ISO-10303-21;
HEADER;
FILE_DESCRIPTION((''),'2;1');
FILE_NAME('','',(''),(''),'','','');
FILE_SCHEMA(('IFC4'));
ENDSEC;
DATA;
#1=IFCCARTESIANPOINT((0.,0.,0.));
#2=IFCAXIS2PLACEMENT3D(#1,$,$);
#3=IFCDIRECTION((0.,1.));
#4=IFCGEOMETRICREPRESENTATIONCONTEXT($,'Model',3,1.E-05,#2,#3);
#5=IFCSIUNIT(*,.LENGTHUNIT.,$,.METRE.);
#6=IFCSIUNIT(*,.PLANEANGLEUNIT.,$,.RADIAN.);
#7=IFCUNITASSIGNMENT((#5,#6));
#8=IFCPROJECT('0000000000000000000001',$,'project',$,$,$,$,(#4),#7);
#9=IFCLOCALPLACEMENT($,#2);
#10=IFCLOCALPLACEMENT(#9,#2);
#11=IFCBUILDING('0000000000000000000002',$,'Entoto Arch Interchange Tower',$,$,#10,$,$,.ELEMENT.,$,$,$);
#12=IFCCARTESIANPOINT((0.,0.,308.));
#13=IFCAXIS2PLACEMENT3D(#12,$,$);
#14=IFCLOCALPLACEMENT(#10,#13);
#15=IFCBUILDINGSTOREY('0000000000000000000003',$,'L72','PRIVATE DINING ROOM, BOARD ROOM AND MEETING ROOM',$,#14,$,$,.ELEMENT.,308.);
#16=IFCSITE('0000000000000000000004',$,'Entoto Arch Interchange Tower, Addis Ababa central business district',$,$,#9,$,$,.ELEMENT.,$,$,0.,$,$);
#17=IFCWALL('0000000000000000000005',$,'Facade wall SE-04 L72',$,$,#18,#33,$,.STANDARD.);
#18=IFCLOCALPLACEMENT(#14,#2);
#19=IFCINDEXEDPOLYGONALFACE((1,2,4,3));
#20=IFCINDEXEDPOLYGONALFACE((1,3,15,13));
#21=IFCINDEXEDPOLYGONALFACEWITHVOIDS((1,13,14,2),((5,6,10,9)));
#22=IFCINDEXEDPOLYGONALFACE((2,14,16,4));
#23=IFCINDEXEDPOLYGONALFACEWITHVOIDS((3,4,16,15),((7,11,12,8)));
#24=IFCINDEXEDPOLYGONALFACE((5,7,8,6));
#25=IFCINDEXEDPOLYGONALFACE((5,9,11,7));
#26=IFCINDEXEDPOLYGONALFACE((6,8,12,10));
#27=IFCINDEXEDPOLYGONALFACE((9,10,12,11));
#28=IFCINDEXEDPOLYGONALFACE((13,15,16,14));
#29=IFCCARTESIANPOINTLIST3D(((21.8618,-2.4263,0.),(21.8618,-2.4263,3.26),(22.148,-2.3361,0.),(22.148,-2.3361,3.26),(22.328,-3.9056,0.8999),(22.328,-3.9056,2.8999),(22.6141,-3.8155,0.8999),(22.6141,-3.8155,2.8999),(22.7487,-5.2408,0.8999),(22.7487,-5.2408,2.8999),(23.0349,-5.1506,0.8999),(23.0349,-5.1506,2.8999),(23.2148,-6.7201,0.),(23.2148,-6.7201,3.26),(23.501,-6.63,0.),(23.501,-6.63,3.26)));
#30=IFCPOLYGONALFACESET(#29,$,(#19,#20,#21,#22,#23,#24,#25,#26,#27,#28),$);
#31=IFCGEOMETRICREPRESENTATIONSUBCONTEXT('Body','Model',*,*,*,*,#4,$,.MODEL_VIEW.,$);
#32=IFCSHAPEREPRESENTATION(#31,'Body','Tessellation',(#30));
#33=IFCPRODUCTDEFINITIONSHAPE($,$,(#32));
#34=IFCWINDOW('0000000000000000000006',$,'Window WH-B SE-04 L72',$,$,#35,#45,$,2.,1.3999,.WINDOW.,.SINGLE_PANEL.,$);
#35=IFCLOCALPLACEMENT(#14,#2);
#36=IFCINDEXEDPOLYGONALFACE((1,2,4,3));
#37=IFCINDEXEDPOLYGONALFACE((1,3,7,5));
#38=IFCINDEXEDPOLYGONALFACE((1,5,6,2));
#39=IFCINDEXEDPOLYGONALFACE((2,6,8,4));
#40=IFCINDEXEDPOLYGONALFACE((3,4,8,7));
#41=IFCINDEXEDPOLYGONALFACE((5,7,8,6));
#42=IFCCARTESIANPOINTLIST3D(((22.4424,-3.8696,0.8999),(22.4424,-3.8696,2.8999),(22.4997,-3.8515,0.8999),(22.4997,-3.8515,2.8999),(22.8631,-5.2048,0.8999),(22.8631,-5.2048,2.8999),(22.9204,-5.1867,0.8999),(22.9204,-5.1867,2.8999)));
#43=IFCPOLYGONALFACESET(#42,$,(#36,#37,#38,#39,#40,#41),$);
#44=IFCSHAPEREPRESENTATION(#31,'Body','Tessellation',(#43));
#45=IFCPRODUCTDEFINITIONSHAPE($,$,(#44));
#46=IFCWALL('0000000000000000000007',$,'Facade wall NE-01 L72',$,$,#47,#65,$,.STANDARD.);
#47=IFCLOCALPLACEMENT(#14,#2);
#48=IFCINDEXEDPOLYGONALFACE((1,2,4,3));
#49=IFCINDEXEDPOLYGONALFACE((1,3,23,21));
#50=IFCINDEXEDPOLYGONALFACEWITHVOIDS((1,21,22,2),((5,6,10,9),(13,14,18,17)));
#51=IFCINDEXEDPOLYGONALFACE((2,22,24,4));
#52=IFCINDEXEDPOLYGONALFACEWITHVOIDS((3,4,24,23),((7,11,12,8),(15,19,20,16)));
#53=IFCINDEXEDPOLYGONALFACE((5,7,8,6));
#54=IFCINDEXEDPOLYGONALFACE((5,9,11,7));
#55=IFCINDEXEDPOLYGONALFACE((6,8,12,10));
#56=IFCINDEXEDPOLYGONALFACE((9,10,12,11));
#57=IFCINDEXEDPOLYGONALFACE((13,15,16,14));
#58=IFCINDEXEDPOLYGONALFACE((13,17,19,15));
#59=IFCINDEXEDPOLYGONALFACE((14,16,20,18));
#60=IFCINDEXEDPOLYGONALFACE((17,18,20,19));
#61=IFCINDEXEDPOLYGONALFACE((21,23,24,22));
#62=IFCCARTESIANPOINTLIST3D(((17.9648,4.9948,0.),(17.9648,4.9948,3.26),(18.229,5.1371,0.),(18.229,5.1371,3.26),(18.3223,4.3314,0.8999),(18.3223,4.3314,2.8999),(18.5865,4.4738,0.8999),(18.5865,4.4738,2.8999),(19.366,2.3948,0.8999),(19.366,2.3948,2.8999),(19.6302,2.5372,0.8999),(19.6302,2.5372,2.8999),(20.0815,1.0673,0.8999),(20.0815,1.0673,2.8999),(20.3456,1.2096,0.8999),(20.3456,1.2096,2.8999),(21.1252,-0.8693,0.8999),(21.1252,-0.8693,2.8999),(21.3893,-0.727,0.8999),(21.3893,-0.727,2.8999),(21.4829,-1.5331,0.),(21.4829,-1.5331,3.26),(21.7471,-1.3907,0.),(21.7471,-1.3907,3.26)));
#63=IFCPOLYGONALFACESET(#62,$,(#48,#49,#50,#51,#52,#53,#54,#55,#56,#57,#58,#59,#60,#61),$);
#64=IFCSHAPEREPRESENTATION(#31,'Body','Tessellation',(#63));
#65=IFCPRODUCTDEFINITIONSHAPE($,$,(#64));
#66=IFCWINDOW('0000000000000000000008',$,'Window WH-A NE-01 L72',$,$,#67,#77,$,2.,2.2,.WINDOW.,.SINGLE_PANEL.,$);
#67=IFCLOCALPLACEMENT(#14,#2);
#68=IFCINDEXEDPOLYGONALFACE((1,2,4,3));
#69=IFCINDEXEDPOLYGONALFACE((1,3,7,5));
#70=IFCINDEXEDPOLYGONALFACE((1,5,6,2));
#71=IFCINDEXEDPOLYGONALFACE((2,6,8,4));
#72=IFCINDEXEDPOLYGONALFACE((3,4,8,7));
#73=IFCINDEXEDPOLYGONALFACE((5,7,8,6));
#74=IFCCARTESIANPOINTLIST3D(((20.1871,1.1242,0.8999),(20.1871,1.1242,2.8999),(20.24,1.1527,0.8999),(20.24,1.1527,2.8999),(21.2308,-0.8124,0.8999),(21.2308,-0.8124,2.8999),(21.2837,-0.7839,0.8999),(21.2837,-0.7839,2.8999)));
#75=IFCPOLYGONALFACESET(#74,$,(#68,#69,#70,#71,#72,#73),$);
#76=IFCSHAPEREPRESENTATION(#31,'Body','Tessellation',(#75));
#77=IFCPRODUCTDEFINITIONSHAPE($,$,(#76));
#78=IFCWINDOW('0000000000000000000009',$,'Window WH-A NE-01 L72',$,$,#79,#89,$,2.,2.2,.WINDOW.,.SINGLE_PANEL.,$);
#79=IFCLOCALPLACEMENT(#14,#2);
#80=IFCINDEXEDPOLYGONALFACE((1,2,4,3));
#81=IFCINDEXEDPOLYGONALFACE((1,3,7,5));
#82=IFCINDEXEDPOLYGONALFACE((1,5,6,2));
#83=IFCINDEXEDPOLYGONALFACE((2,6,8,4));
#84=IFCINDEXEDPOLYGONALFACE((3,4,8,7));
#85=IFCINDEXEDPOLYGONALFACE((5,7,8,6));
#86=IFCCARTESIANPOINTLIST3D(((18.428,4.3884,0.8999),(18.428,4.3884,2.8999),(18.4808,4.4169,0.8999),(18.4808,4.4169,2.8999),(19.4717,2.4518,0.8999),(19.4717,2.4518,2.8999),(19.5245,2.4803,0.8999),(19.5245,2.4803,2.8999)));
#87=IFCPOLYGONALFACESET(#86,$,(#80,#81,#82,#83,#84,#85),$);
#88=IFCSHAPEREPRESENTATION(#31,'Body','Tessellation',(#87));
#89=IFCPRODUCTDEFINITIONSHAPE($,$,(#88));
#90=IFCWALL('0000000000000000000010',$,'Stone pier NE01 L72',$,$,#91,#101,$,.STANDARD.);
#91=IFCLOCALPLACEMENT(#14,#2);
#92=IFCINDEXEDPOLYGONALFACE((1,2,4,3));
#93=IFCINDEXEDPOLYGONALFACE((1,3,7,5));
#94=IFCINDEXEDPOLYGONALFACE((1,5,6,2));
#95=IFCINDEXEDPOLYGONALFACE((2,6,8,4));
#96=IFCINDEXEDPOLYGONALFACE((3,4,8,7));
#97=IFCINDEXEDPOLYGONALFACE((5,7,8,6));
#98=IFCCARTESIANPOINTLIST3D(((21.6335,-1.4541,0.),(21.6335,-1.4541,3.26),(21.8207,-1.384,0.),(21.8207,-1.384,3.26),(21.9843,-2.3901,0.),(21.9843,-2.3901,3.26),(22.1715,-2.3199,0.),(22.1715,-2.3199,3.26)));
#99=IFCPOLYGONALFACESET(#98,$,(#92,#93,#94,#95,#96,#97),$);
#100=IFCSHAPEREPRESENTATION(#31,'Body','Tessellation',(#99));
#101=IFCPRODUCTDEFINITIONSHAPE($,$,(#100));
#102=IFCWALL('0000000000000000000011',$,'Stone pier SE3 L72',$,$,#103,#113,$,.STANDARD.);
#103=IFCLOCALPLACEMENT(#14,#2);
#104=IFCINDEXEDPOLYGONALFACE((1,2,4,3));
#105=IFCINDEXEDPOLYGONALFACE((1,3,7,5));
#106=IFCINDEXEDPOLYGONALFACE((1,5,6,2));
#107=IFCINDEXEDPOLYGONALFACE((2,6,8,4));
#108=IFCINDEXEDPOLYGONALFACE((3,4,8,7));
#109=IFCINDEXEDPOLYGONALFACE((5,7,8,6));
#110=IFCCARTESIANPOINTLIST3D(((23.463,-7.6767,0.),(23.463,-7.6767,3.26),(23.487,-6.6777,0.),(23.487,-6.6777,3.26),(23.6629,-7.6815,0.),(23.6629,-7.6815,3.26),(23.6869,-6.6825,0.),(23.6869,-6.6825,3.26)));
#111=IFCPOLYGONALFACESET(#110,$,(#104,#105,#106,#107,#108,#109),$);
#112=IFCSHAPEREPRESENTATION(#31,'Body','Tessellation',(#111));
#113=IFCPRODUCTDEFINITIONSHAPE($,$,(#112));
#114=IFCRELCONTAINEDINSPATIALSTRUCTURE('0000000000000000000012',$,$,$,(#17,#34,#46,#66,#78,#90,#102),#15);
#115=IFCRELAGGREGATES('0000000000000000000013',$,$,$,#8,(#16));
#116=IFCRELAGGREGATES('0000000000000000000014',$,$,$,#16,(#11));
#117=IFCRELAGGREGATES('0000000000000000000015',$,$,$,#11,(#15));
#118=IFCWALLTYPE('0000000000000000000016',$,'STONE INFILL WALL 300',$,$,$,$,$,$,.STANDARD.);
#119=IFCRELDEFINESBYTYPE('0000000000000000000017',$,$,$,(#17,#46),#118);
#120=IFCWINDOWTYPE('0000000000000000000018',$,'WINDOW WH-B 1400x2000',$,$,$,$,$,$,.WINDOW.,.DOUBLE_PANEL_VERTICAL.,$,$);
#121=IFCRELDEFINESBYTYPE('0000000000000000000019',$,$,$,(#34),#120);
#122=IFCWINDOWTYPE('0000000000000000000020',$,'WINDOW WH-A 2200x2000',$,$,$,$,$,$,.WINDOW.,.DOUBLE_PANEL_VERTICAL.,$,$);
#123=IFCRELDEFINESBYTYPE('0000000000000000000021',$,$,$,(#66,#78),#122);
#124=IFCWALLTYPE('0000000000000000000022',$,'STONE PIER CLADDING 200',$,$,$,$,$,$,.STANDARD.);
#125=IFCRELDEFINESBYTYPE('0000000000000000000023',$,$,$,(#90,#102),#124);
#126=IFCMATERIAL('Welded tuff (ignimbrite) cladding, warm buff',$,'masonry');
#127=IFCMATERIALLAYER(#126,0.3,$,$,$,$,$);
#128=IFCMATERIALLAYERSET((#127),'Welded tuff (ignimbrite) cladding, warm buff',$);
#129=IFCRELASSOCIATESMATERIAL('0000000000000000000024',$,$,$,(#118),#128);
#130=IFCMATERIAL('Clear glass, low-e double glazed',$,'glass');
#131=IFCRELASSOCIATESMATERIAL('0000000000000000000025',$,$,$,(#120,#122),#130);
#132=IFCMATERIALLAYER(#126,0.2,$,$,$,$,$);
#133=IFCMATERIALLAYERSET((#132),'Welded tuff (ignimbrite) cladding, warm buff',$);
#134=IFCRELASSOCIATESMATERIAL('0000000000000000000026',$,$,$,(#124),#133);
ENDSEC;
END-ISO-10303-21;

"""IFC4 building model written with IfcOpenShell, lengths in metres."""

from ifc_helpers import new_model, si_unit, direction, frame, frame_2d, origin, place, context, subcontext, project, spatial, rectangle, extrude, material, layer, layer_set, type_object, element, fill, save


model = new_model("IFC4")

# Units and contexts
model_context = context("Model", 3, precision=1e-05, world=origin(), true_north=direction((0.0, 1.0)))
body_context = subcontext(model_context, "Body", "Model", "MODEL_VIEW")
ifc_project = project(units=[si_unit("LENGTHUNIT", "METRE"), si_unit("PLANEANGLEUNIT", "RADIAN")], contexts=[model_context])

# Site, building, storey
site_placement = place(None, origin())
site = spatial("IfcSite", under=ifc_project, at=site_placement, Name="Entoto Arch Interchange Tower, Addis Ababa central business district", CompositionType="ELEMENT", RefElevation=0.0)
building_placement = place(site_placement, origin())
building = spatial("IfcBuilding", under=site, at=building_placement, Name="Entoto Arch Interchange Tower", CompositionType="ELEMENT")
storey_placement = place(building_placement, frame((0.0, 0.0, 308.0)))
storey = spatial("IfcBuildingStorey", under=building, at=storey_placement, Name="L72", Description="PRIVATE DINING ROOM, BOARD ROOM AND MEETING ROOM", CompositionType="ELEMENT", Elevation=308.0)

# Wall, opening, window
ifc_material_1 = material(Name="Welded tuff (ignimbrite) cladding, warm buff", Category="masonry")
ifc_layer_1 = layer(ifc_material_1, 0.3)
ifc_layer_set_1 = layer_set([ifc_layer_1], Name="Welded tuff (ignimbrite) cladding, warm buff")
wall_type_1 = type_object("IfcWallType", Name="STONE INFILL WALL 300", PredefinedType="STANDARD", material=ifc_layer_set_1)
wall_1_placement = place(storey_placement, frame((23.3579, -6.675, 0.0), z_axis=(0.0, 0.0, 1.0), x_axis=(-0.300534, 0.953771, 0.0)))
wall_1 = element("IfcWall", 1, at=wall_1_placement, inside=storey, type_object=wall_type_1, Name="Facade wall SE-04 L72", PredefinedType="STANDARD", context=body_context, shape_type="SweptSolid", body=[
    extrude(rectangle(XDim=4.502, YDim=0.3, at=frame_2d((2.251, 0.0))), origin(), (0.0, 0.0, 1.0), 3.26),
])
opening_1_placement = place(wall_1_placement, frame((1.551, 0.0, 0.8999)))
opening_1 = element("IfcOpeningElement", 2, at=opening_1_placement, cuts=wall_1, PredefinedType="OPENING", context=body_context, shape_type="SweptSolid", body=[
    extrude(rectangle(XDim=1.3999, YDim=2.0, at=frame_2d((0.7, 1.0))), frame((0.0, 0.1602, 0.0), z_axis=(0.0, -1.0, 0.0), x_axis=(1.0, 0.0, 0.0)), (0.0, 0.0, 1.0), 0.3201),
])
ifc_material_2 = material(Name="Clear glass, low-e double glazed", Category="glass")
window_type_1 = type_object("IfcWindowType", Name="WINDOW WH-B 1400x2000", PartitioningType="DOUBLE_PANEL_VERTICAL", PredefinedType="WINDOW", material=ifc_material_2)
window_1_placement = place(opening_1_placement, origin())
window_1 = element("IfcWindow", 3, at=window_1_placement, inside=storey, type_object=window_type_1, Name="Window WH-B SE-04 L72", OverallHeight=2.0, OverallWidth=1.3999, PartitioningType="SINGLE_PANEL", PredefinedType="WINDOW", context=body_context, shape_type="SweptSolid", body=[
    extrude(rectangle(XDim=1.3999, YDim=2.0, at=frame_2d((0.7, 1.0))), frame((0.0, 0.03, 0.0), z_axis=(0.0, -1.0, 0.0), x_axis=(1.0, 0.0, 0.0)), (0.0, 0.0, 1.0), 0.0601),
])
fill(opening_1, window_1)

# Wall, openings, windows
wall_2_placement = place(storey_placement, frame((21.615, -1.4619, 0.0), z_axis=(0.0, 0.0, 1.0), x_axis=(-0.474422, 0.880298, 0.0)))
wall_2 = element("IfcWall", 4, at=wall_2_placement, inside=storey, type_object=wall_type_1, Name="Facade wall NE-01 L72", PredefinedType="STANDARD", context=body_context, shape_type="SweptSolid", body=[
    extrude(rectangle(XDim=7.4155, YDim=0.3, at=frame_2d((3.7078, 0.0))), origin(), (0.0, 0.0, 1.0), 3.26),
])
opening_2_placement = place(wall_2_placement, frame((0.7539, 0.0, 0.8999)))
opening_2 = element("IfcOpeningElement", 5, at=opening_2_placement, cuts=wall_2, PredefinedType="OPENING", context=body_context, shape_type="SweptSolid", body=[
    extrude(rectangle(XDim=2.2, YDim=2.0, at=frame_2d((1.1001, 1.0))), frame((0.0, 0.1602, 0.0), z_axis=(0.0, -1.0, 0.0), x_axis=(1.0, 0.0, 0.0)), (0.0, 0.0, 1.0), 0.3201),
])
opening_3_placement = place(wall_2_placement, frame((4.4619, 0.0, 0.8999)))
opening_3 = element("IfcOpeningElement", 6, at=opening_3_placement, cuts=wall_2, PredefinedType="OPENING", context=body_context, shape_type="SweptSolid", body=[
    extrude(rectangle(XDim=2.2, YDim=2.0, at=frame_2d((1.1001, 1.0))), frame((0.0, 0.1602, 0.0), z_axis=(0.0, -1.0, 0.0), x_axis=(1.0, 0.0, 0.0)), (0.0, 0.0, 1.0), 0.3201),
])
window_type_2 = type_object("IfcWindowType", Name="WINDOW WH-A 2200x2000", PartitioningType="DOUBLE_PANEL_VERTICAL", PredefinedType="WINDOW", material=ifc_material_2)
window_2_placement = place(opening_2_placement, origin())
window_2 = element("IfcWindow", 7, at=window_2_placement, inside=storey, type_object=window_type_2, Name="Window WH-A NE-01 L72", OverallHeight=2.0, OverallWidth=2.2, PartitioningType="SINGLE_PANEL", PredefinedType="WINDOW", context=body_context, shape_type="SweptSolid", body=[
    extrude(rectangle(XDim=2.2, YDim=2.0, at=frame_2d((1.1001, 1.0))), frame((0.0, 0.03, 0.0), z_axis=(0.0, -1.0, 0.0), x_axis=(1.0, 0.0, 0.0)), (0.0, 0.0, 1.0), 0.0601),
])
fill(opening_2, window_2)
window_3_placement = place(opening_3_placement, origin())
window_3 = element("IfcWindow", 8, at=window_3_placement, inside=storey, type_object=window_type_2, Name="Window WH-A NE-01 L72", OverallHeight=2.0, OverallWidth=2.2, PartitioningType="SINGLE_PANEL", PredefinedType="WINDOW", context=body_context, shape_type="SweptSolid", body=[
    extrude(rectangle(XDim=2.2, YDim=2.0, at=frame_2d((1.1001, 1.0))), frame((0.0, 0.03, 0.0), z_axis=(0.0, -1.0, 0.0), x_axis=(1.0, 0.0, 0.0)), (0.0, 0.0, 1.0), 0.0601),
])
fill(opening_3, window_3)

# Walls
ifc_layer_2 = layer(ifc_material_1, 0.2)
ifc_layer_set_2 = layer_set([ifc_layer_2], Name="Welded tuff (ignimbrite) cladding, warm buff")
wall_type_2 = type_object("IfcWallType", Name="STONE PIER CLADDING 200", PredefinedType="STANDARD", material=ifc_layer_set_2)
wall_3_placement = place(storey_placement, frame((22.0779, -2.355, 0.0), z_axis=(0.0, 0.0, 1.0), x_axis=(-0.350963, 0.936389, 0.0)))
element("IfcWall", 9, at=wall_3_placement, inside=storey, type_object=wall_type_2, Name="Stone pier NE01 L72", PredefinedType="STANDARD", context=body_context, shape_type="SweptSolid", body=[
    extrude(rectangle(XDim=0.9995, YDim=0.2, at=frame_2d((0.4998, 0.0))), origin(), (0.0, 0.0, 1.0), 3.26),
])
wall_4_placement = place(storey_placement, frame((23.563, -7.679, 0.0), z_axis=(0.0, 0.0, 1.0), x_axis=(0.023942, 0.999713, 0.0)))
element("IfcWall", 10, at=wall_4_placement, inside=storey, type_object=wall_type_2, Name="Stone pier SE3 L72", PredefinedType="STANDARD", context=body_context, shape_type="SweptSolid", body=[
    extrude(rectangle(XDim=0.9993, YDim=0.2, at=frame_2d((0.4995, 0.0))), origin(), (0.0, 0.0, 1.0), 3.26),
])

save(model, "model.ifc")
